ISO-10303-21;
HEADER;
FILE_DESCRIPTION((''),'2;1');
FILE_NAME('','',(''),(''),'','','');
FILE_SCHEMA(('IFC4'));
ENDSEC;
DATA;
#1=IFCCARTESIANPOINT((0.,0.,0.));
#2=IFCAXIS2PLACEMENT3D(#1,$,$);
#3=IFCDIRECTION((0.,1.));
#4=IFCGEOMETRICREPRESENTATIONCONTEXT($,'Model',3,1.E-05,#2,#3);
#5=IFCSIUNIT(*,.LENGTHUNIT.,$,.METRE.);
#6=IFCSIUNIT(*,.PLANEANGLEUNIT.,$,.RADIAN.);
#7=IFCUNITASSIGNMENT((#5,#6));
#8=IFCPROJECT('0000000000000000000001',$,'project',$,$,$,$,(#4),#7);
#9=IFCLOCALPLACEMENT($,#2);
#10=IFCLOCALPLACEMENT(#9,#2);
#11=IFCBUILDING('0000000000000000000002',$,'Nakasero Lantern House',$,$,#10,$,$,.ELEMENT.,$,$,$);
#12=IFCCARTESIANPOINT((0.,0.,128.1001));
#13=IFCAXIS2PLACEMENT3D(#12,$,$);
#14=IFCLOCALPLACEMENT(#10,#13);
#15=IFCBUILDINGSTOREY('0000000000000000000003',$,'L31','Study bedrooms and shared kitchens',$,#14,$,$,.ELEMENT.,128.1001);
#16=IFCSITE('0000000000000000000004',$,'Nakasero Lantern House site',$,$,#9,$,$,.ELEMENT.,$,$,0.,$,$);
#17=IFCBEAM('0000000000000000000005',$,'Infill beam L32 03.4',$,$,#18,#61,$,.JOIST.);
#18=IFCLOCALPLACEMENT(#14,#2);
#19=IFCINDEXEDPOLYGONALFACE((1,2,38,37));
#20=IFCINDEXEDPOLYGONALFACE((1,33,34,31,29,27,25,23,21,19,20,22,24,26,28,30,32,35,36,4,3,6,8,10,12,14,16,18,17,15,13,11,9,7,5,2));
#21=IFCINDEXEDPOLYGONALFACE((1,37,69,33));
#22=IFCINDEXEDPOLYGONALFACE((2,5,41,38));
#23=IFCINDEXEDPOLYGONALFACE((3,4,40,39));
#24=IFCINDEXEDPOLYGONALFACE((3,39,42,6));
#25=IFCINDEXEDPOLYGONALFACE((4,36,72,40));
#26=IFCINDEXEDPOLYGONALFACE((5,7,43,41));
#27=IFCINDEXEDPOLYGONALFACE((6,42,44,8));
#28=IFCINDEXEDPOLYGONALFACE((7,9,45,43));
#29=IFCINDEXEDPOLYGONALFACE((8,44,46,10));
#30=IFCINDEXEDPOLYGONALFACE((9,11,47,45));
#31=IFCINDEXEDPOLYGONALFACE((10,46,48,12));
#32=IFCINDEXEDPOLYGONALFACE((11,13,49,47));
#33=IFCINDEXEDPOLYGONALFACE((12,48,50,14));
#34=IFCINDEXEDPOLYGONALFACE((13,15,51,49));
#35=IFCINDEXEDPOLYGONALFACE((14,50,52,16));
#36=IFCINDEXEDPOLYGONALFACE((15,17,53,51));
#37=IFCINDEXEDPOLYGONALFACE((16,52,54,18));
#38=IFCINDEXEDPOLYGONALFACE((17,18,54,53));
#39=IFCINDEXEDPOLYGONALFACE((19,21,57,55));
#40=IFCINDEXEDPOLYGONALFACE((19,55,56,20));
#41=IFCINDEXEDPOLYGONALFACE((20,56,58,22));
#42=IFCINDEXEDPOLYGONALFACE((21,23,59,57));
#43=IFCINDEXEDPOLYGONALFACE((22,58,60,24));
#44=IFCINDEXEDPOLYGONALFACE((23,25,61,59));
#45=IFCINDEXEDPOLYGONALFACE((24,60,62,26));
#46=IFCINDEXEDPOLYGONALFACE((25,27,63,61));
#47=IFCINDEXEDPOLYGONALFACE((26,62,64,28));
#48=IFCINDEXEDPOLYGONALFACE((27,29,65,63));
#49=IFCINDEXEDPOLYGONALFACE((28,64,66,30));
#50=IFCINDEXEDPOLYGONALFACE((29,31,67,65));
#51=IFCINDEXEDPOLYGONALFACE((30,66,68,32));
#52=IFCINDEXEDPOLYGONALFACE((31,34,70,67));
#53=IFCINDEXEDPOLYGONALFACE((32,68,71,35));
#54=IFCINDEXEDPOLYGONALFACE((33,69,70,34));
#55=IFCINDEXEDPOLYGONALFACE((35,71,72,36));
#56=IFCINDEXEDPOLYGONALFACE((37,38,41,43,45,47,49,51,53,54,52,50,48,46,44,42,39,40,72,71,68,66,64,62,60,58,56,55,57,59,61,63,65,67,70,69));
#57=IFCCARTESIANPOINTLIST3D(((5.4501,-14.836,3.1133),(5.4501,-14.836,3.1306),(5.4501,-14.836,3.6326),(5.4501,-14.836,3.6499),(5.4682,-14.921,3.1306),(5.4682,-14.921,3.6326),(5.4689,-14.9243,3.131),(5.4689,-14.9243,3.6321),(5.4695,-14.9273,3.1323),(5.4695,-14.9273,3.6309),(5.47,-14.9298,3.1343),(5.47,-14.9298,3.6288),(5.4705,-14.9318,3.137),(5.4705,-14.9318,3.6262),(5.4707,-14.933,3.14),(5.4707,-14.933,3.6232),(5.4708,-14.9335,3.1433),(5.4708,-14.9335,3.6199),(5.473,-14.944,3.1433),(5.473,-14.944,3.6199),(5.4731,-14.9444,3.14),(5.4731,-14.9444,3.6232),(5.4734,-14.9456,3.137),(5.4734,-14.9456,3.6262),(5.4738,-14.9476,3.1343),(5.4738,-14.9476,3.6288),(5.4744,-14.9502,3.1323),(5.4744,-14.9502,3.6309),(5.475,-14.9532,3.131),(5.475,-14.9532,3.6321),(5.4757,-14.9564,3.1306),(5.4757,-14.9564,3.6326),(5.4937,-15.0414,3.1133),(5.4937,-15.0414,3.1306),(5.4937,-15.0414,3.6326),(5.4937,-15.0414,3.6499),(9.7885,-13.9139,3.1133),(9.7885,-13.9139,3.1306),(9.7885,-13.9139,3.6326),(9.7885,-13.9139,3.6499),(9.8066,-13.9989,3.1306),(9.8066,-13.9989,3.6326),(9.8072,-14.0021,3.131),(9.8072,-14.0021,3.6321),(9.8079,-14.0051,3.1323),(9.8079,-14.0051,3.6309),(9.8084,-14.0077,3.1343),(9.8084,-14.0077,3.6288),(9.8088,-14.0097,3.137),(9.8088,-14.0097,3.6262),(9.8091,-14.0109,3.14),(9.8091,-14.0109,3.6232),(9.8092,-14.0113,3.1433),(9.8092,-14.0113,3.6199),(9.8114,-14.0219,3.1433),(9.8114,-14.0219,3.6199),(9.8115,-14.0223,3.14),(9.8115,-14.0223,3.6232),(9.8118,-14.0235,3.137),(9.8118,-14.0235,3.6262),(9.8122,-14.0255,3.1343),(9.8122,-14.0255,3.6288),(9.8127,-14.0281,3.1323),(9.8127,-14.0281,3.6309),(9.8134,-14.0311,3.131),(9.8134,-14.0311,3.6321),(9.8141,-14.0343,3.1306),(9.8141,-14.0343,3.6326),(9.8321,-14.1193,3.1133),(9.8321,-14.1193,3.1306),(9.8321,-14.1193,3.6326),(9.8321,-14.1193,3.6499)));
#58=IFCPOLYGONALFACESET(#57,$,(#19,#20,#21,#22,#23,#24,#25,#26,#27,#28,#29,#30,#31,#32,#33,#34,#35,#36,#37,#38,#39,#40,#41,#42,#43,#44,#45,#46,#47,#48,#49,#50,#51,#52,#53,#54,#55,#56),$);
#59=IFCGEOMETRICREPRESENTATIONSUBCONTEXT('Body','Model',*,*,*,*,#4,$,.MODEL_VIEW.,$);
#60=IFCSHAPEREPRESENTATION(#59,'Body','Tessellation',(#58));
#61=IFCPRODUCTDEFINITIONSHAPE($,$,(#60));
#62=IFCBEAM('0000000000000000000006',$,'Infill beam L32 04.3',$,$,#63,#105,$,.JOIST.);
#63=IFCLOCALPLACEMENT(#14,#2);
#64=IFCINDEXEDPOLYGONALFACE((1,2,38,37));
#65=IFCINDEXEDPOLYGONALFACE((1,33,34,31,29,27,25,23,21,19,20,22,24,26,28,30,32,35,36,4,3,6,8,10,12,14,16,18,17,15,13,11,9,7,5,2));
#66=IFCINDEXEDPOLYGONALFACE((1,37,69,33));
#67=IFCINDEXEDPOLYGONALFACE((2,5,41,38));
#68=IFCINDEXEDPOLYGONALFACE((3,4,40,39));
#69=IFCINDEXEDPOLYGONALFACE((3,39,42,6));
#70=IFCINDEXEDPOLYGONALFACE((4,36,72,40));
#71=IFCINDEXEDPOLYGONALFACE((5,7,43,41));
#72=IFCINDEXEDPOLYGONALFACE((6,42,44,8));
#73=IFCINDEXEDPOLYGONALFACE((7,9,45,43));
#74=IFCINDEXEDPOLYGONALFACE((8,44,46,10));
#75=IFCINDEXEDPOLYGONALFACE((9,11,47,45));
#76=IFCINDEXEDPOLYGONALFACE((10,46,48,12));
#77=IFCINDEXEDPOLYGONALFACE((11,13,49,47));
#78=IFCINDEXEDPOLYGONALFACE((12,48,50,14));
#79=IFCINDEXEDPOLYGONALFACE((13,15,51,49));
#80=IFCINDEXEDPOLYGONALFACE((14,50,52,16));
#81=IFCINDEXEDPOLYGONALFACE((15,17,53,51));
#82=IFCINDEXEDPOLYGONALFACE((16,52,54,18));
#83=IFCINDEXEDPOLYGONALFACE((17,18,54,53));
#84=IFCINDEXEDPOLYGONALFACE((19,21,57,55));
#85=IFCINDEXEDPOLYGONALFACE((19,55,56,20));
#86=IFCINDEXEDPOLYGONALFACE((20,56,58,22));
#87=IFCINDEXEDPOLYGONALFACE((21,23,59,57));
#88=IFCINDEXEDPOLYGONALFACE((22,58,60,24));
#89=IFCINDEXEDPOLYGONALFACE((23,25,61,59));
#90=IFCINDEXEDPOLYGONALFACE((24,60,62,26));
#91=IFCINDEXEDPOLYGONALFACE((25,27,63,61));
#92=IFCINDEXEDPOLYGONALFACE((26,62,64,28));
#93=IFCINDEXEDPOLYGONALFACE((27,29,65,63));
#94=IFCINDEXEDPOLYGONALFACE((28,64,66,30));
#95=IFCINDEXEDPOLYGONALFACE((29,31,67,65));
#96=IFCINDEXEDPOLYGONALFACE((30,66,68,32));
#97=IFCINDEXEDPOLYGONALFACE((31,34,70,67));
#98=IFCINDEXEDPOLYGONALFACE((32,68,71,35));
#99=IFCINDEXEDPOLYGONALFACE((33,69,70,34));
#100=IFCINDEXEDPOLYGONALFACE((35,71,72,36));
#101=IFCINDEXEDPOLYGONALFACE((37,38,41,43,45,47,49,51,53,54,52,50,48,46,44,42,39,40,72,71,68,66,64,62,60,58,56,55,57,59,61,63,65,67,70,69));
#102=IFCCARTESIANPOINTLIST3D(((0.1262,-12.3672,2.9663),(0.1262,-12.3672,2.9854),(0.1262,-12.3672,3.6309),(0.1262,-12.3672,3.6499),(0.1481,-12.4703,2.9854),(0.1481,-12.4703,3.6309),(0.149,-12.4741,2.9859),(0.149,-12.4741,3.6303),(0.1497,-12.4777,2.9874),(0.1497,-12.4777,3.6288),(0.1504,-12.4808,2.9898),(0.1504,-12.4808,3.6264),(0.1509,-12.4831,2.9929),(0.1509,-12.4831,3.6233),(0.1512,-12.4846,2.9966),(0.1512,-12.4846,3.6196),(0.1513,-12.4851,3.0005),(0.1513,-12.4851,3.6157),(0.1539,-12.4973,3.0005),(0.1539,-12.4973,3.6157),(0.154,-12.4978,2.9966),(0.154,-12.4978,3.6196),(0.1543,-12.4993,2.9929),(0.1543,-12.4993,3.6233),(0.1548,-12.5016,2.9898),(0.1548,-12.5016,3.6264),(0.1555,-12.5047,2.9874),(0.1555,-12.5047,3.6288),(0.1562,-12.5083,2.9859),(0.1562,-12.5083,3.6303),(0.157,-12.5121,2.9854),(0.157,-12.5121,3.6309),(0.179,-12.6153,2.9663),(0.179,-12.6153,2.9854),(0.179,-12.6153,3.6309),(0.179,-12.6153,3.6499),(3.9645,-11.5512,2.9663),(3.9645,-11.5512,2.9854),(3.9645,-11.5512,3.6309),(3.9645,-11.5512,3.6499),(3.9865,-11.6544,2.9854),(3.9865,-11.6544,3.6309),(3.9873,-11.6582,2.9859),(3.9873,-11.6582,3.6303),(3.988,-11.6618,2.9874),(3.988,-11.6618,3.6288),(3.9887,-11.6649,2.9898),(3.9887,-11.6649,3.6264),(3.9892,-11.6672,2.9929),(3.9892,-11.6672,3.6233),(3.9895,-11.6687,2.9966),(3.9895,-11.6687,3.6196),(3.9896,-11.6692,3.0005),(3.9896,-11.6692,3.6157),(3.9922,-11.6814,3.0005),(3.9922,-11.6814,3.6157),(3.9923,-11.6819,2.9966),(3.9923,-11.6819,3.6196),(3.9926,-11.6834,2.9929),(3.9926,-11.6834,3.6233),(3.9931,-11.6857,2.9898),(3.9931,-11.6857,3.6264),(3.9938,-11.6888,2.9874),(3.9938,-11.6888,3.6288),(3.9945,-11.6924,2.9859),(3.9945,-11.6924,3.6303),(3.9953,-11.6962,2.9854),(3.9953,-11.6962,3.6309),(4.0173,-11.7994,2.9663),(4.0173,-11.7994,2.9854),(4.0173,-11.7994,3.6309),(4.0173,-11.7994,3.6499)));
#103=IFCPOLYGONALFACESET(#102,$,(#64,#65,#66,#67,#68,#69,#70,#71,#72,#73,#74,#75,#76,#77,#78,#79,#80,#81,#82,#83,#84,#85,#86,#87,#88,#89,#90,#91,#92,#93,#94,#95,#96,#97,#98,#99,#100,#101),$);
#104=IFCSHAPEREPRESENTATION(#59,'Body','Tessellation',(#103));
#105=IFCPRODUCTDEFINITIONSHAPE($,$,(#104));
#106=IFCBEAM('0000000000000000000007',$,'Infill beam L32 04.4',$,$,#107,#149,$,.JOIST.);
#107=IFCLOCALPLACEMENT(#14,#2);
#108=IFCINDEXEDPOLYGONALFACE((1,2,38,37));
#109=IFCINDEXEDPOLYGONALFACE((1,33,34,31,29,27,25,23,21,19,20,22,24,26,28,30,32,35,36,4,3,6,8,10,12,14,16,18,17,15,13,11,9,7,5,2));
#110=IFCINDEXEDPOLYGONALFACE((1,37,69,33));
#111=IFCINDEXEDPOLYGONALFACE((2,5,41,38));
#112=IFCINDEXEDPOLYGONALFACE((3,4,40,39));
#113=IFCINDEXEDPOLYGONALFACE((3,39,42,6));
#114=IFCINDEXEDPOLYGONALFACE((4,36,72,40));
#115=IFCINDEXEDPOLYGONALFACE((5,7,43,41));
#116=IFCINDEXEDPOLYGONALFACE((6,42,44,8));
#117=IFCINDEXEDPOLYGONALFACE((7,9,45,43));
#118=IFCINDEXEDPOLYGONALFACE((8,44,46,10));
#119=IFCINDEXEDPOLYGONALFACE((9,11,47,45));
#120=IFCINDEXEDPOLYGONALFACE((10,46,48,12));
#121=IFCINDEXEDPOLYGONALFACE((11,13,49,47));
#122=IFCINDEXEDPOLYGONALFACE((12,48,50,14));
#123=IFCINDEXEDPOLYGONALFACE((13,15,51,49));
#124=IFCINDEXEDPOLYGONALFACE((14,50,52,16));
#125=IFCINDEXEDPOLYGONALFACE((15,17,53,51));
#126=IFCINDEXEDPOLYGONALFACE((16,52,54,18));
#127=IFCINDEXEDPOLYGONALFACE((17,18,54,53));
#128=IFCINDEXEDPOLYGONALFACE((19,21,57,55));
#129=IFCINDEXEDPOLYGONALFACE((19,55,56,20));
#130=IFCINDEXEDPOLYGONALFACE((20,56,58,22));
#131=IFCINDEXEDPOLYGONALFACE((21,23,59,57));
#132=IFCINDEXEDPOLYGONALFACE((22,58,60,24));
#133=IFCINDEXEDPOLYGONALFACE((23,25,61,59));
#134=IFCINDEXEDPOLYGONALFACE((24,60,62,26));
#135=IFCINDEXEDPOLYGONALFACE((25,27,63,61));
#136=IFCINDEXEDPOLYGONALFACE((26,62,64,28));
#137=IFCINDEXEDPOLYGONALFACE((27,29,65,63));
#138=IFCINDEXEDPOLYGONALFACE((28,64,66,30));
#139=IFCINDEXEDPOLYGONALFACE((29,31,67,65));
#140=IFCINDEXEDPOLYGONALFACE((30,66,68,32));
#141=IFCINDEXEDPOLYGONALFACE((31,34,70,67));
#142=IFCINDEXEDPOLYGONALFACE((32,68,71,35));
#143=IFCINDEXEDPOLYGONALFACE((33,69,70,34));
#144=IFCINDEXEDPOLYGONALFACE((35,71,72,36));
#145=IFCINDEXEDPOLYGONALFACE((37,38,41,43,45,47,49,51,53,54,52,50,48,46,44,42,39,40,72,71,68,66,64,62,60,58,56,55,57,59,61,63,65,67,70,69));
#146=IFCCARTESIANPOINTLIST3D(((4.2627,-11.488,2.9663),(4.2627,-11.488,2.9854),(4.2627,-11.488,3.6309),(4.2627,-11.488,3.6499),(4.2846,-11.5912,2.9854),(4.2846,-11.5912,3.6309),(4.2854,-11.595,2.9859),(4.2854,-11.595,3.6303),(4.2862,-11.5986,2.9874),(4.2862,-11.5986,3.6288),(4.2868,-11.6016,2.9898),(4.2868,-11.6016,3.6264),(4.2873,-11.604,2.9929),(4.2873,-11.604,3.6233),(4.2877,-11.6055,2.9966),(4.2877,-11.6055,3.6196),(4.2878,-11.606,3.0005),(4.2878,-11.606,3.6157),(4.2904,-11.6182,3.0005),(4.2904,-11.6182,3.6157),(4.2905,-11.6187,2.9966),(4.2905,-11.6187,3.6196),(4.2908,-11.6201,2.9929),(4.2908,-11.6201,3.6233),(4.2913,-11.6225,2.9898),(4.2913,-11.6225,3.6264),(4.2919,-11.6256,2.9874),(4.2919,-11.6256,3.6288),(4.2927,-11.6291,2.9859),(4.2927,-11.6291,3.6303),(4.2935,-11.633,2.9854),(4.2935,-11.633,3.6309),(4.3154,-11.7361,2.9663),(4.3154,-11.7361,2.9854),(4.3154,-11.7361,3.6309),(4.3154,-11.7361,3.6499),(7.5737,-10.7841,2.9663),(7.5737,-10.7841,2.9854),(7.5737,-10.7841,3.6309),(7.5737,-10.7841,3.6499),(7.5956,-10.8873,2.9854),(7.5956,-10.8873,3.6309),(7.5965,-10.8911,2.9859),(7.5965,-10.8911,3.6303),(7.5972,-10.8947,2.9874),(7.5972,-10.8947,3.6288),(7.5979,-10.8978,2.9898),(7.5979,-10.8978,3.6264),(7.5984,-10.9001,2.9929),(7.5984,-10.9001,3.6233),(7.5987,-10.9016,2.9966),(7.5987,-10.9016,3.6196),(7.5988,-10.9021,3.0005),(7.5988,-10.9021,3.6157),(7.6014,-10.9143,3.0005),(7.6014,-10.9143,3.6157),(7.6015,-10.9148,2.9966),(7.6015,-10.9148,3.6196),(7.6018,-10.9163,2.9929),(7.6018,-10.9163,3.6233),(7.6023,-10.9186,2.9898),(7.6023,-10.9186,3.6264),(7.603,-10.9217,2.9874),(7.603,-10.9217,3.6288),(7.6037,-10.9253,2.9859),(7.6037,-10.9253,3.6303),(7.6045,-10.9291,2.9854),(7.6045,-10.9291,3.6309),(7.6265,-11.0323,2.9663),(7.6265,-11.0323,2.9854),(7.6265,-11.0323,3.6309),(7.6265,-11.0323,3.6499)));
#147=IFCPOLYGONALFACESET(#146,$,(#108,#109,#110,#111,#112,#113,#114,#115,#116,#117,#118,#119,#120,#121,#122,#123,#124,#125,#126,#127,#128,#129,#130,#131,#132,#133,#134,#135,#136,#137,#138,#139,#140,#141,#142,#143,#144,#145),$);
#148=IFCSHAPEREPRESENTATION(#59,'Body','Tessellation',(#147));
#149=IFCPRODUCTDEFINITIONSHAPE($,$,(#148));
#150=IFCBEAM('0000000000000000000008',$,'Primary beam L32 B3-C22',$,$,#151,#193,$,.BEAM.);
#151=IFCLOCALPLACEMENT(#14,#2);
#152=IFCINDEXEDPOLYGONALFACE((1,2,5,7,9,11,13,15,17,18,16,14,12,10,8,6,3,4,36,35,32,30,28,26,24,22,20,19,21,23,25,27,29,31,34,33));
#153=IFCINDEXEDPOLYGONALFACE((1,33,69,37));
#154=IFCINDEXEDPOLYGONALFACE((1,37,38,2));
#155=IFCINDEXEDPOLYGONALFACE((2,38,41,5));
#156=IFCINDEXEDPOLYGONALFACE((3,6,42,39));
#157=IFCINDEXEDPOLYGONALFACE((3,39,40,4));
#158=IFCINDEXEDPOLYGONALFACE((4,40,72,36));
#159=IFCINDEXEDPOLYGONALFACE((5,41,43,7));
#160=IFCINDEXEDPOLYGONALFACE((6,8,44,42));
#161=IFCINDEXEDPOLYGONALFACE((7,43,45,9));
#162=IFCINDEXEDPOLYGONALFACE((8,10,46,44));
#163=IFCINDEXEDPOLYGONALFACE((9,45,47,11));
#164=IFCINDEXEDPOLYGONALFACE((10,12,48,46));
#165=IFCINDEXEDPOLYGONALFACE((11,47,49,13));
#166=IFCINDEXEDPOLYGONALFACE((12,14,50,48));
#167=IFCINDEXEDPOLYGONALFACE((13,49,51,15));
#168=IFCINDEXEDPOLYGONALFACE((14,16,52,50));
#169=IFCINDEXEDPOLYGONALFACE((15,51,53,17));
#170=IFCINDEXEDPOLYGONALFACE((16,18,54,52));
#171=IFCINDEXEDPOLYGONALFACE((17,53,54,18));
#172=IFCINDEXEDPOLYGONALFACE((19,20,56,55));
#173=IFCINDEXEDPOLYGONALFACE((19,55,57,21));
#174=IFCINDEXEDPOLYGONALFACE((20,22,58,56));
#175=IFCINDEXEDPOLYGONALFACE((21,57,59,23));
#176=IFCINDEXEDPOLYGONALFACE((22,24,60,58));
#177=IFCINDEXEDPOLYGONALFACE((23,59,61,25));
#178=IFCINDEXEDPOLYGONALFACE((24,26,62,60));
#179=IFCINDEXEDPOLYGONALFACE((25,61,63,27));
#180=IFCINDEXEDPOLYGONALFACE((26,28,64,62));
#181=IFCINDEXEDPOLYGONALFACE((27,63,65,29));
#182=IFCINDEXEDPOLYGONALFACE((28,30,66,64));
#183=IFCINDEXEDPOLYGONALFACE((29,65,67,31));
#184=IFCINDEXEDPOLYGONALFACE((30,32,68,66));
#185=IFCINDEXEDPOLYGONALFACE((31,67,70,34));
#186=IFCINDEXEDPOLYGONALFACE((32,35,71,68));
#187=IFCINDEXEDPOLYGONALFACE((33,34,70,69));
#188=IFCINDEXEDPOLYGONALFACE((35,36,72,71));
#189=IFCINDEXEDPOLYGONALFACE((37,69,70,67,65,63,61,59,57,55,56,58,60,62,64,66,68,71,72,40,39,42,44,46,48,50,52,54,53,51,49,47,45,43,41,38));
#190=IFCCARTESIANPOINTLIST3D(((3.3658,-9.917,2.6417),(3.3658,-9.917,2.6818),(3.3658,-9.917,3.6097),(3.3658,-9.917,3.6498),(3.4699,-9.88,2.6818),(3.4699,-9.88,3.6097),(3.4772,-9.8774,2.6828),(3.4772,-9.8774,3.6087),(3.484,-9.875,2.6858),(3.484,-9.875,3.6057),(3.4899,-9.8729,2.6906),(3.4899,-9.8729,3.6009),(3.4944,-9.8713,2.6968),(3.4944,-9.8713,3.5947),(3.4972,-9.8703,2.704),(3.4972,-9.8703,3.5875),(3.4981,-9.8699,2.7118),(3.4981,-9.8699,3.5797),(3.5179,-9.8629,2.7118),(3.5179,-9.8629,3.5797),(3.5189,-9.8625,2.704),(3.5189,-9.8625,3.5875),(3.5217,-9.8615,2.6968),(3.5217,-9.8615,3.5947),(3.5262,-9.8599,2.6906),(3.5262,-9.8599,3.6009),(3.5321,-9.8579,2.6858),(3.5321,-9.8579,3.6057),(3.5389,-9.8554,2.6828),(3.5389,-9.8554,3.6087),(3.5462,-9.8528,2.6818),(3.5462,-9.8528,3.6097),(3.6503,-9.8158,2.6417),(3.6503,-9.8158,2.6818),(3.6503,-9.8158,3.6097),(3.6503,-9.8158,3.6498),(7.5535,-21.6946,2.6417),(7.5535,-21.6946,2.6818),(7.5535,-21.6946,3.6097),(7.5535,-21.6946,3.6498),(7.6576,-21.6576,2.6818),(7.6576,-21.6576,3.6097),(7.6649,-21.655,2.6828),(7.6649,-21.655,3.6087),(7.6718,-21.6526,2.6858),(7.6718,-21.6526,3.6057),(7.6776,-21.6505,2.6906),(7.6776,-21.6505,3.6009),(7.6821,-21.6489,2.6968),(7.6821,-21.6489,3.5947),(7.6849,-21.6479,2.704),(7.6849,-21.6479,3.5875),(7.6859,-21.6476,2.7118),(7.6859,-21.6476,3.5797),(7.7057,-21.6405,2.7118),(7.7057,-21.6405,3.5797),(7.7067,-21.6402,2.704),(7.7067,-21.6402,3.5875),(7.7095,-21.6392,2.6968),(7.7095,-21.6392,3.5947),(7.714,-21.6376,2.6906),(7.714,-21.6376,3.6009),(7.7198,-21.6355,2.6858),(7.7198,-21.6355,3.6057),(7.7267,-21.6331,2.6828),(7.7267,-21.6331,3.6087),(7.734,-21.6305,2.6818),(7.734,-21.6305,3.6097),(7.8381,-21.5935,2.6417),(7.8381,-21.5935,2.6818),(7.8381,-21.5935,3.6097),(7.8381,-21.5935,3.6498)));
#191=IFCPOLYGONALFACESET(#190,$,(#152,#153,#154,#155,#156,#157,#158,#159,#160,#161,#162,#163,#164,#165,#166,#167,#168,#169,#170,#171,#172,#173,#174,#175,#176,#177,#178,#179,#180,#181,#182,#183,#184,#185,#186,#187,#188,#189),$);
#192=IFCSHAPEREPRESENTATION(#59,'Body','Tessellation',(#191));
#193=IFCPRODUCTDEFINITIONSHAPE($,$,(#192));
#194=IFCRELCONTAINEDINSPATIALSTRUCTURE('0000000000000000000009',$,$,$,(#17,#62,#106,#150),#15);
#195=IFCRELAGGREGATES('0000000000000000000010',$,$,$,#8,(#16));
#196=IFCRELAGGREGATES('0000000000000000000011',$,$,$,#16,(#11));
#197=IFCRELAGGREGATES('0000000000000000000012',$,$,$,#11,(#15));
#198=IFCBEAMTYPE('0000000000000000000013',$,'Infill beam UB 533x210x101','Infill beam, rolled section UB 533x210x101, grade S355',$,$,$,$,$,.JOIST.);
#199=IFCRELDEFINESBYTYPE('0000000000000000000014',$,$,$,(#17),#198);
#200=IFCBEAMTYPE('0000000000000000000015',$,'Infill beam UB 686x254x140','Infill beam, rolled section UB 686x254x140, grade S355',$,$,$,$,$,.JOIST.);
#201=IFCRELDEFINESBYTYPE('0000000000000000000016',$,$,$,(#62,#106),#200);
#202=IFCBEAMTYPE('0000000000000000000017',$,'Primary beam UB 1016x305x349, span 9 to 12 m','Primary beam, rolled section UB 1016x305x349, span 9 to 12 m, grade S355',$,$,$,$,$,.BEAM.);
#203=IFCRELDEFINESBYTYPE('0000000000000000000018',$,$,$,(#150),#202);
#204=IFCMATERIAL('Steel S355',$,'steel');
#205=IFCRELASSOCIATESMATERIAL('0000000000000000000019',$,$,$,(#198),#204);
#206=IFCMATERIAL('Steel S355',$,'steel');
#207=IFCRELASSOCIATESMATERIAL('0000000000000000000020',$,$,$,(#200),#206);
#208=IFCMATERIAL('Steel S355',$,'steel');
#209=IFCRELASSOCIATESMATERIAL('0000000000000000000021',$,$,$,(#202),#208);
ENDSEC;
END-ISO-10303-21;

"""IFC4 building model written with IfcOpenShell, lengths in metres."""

from ifc_helpers import new_model, si_unit, direction, frame, origin, origin_2d, place, context, subcontext, project, spatial, i_section, extrude, material, material_profile, profile_set, type_object, element, save


model = new_model("IFC4")

# Units and contexts
model_context = context("Model", 3, precision=1e-05, world=origin(), true_north=direction((0.0, 1.0)))
body_context = subcontext(model_context, "Body", "Model", "MODEL_VIEW")
ifc_project = project(units=[si_unit("LENGTHUNIT", "METRE"), si_unit("PLANEANGLEUNIT", "RADIAN")], contexts=[model_context])

# Site, building, storey
site_placement = place(None, origin())
site = spatial("IfcSite", under=ifc_project, at=site_placement, Name="Nakasero Lantern House site", CompositionType="ELEMENT", RefElevation=0.0)
building_placement = place(site_placement, origin())
building = spatial("IfcBuilding", under=site, at=building_placement, Name="Nakasero Lantern House", CompositionType="ELEMENT")
storey_placement = place(building_placement, frame((0.0, 0.0, 128.1001)))
storey = spatial("IfcBuildingStorey", under=building, at=storey_placement, Name="L31", Description="Study bedrooms and shared kitchens", CompositionType="ELEMENT", Elevation=128.1001)

# Beams
ifc_material_1 = material(Name="Steel S355", Category="steel")
ifc_material_profile_1 = material_profile(ifc_material_1, i_section(OverallWidth=0.21, OverallDepth=0.5366, WebThickness=0.0107, FlangeThickness=0.0173, FilletRadius=0.0127, at=origin_2d()), Name="UB 533x210x101")
ifc_profile_set_1 = profile_set([ifc_material_profile_1], Name="Steel S355")
beam_type_1 = type_object("IfcBeamType", Name="Infill beam UB 533x210x101", Description="Infill beam, rolled section UB 533x210x101, grade S355", PredefinedType="JOIST", material=ifc_profile_set_1)
beam_1_placement = place(storey_placement, frame((5.4719, -14.9387, 3.3816), z_axis=(0.978149, 0.207905, 0.0), x_axis=(-0.207905, 0.978149, 0.0)))
element("IfcBeam", 1, at=beam_1_placement, inside=storey, type_object=beam_type_1, Name="Infill beam L32 03.4", PredefinedType="JOIST", context=body_context, shape_type="SweptSolid", body=[
    extrude(i_section(OverallWidth=0.21, OverallDepth=0.5366, WebThickness=0.0107, FlangeThickness=0.0173, FilletRadius=0.0127, at=origin_2d()), origin(), (0.0, 0.0, 1.0), 4.4353),
])
ifc_material_2 = material(Name="Steel S355", Category="steel")
ifc_material_profile_2 = material_profile(ifc_material_2, i_section(OverallWidth=0.2537, OverallDepth=0.6836, WebThickness=0.0125, FlangeThickness=0.019, FilletRadius=0.0151, at=origin_2d()), Name="UB 686x254x140")
ifc_profile_set_2 = profile_set([ifc_material_profile_2], Name="Steel S355")
beam_type_2 = type_object("IfcBeamType", Name="Infill beam UB 686x254x140", Description="Infill beam, rolled section UB 686x254x140, grade S355", PredefinedType="JOIST", material=ifc_profile_set_2)
beam_2_placement = place(storey_placement, frame((0.1526, -12.4912, 3.3081), z_axis=(0.978145, 0.207923, 0.0), x_axis=(-0.207923, 0.978145, 0.0)))
element("IfcBeam", 2, at=beam_2_placement, inside=storey, type_object=beam_type_2, Name="Infill beam L32 04.3", PredefinedType="JOIST", context=body_context, shape_type="SweptSolid", body=[
    extrude(i_section(OverallWidth=0.2537, OverallDepth=0.6836, WebThickness=0.0125, FlangeThickness=0.019, FilletRadius=0.0151, at=origin_2d()), origin(), (0.0, 0.0, 1.0), 3.9241),
])
beam_3_placement = place(storey_placement, frame((4.2891, -11.6121, 3.3081), z_axis=(0.978143, 0.207933, 0.0), x_axis=(-0.207933, 0.978143, 0.0)))
element("IfcBeam", 3, at=beam_3_placement, inside=storey, type_object=beam_type_2, Name="Infill beam L32 04.4", PredefinedType="JOIST", context=body_context, shape_type="SweptSolid", body=[
    extrude(i_section(OverallWidth=0.2537, OverallDepth=0.6836, WebThickness=0.0125, FlangeThickness=0.019, FilletRadius=0.0151, at=origin_2d()), origin(), (0.0, 0.0, 1.0), 3.385),
])
ifc_material_3 = material(Name="Steel S355", Category="steel")
ifc_material_profile_3 = material_profile(ifc_material_3, i_section(OverallWidth=0.302, OverallDepth=1.0081, WebThickness=0.021, FlangeThickness=0.04, FilletRadius=0.03, at=origin_2d()), Name="UB 1016x305x349")
ifc_profile_set_3 = profile_set([ifc_material_profile_3], Name="Steel S355")
beam_type_3 = type_object("IfcBeamType", Name="Primary beam UB 1016x305x349, span 9 to 12 m", Description="Primary beam, rolled section UB 1016x305x349, span 9 to 12 m, grade S355", PredefinedType="BEAM", material=ifc_profile_set_3)
beam_4_placement = place(storey_placement, frame((7.6958, -21.644, 3.1458), z_axis=(-0.335021, 0.942211, 0.0), x_axis=(-0.942211, -0.335021, 0.0)))
element("IfcBeam", 4, at=beam_4_placement, inside=storey, type_object=beam_type_3, Name="Primary beam L32 B3-C22", PredefinedType="BEAM", context=body_context, shape_type="SweptSolid", body=[
    extrude(i_section(OverallWidth=0.302, OverallDepth=1.0081, WebThickness=0.021, FlangeThickness=0.04, FilletRadius=0.03, at=origin_2d()), origin(), (0.0, 0.0, 1.0), 12.5),
])

save(model, "model.ifc")
